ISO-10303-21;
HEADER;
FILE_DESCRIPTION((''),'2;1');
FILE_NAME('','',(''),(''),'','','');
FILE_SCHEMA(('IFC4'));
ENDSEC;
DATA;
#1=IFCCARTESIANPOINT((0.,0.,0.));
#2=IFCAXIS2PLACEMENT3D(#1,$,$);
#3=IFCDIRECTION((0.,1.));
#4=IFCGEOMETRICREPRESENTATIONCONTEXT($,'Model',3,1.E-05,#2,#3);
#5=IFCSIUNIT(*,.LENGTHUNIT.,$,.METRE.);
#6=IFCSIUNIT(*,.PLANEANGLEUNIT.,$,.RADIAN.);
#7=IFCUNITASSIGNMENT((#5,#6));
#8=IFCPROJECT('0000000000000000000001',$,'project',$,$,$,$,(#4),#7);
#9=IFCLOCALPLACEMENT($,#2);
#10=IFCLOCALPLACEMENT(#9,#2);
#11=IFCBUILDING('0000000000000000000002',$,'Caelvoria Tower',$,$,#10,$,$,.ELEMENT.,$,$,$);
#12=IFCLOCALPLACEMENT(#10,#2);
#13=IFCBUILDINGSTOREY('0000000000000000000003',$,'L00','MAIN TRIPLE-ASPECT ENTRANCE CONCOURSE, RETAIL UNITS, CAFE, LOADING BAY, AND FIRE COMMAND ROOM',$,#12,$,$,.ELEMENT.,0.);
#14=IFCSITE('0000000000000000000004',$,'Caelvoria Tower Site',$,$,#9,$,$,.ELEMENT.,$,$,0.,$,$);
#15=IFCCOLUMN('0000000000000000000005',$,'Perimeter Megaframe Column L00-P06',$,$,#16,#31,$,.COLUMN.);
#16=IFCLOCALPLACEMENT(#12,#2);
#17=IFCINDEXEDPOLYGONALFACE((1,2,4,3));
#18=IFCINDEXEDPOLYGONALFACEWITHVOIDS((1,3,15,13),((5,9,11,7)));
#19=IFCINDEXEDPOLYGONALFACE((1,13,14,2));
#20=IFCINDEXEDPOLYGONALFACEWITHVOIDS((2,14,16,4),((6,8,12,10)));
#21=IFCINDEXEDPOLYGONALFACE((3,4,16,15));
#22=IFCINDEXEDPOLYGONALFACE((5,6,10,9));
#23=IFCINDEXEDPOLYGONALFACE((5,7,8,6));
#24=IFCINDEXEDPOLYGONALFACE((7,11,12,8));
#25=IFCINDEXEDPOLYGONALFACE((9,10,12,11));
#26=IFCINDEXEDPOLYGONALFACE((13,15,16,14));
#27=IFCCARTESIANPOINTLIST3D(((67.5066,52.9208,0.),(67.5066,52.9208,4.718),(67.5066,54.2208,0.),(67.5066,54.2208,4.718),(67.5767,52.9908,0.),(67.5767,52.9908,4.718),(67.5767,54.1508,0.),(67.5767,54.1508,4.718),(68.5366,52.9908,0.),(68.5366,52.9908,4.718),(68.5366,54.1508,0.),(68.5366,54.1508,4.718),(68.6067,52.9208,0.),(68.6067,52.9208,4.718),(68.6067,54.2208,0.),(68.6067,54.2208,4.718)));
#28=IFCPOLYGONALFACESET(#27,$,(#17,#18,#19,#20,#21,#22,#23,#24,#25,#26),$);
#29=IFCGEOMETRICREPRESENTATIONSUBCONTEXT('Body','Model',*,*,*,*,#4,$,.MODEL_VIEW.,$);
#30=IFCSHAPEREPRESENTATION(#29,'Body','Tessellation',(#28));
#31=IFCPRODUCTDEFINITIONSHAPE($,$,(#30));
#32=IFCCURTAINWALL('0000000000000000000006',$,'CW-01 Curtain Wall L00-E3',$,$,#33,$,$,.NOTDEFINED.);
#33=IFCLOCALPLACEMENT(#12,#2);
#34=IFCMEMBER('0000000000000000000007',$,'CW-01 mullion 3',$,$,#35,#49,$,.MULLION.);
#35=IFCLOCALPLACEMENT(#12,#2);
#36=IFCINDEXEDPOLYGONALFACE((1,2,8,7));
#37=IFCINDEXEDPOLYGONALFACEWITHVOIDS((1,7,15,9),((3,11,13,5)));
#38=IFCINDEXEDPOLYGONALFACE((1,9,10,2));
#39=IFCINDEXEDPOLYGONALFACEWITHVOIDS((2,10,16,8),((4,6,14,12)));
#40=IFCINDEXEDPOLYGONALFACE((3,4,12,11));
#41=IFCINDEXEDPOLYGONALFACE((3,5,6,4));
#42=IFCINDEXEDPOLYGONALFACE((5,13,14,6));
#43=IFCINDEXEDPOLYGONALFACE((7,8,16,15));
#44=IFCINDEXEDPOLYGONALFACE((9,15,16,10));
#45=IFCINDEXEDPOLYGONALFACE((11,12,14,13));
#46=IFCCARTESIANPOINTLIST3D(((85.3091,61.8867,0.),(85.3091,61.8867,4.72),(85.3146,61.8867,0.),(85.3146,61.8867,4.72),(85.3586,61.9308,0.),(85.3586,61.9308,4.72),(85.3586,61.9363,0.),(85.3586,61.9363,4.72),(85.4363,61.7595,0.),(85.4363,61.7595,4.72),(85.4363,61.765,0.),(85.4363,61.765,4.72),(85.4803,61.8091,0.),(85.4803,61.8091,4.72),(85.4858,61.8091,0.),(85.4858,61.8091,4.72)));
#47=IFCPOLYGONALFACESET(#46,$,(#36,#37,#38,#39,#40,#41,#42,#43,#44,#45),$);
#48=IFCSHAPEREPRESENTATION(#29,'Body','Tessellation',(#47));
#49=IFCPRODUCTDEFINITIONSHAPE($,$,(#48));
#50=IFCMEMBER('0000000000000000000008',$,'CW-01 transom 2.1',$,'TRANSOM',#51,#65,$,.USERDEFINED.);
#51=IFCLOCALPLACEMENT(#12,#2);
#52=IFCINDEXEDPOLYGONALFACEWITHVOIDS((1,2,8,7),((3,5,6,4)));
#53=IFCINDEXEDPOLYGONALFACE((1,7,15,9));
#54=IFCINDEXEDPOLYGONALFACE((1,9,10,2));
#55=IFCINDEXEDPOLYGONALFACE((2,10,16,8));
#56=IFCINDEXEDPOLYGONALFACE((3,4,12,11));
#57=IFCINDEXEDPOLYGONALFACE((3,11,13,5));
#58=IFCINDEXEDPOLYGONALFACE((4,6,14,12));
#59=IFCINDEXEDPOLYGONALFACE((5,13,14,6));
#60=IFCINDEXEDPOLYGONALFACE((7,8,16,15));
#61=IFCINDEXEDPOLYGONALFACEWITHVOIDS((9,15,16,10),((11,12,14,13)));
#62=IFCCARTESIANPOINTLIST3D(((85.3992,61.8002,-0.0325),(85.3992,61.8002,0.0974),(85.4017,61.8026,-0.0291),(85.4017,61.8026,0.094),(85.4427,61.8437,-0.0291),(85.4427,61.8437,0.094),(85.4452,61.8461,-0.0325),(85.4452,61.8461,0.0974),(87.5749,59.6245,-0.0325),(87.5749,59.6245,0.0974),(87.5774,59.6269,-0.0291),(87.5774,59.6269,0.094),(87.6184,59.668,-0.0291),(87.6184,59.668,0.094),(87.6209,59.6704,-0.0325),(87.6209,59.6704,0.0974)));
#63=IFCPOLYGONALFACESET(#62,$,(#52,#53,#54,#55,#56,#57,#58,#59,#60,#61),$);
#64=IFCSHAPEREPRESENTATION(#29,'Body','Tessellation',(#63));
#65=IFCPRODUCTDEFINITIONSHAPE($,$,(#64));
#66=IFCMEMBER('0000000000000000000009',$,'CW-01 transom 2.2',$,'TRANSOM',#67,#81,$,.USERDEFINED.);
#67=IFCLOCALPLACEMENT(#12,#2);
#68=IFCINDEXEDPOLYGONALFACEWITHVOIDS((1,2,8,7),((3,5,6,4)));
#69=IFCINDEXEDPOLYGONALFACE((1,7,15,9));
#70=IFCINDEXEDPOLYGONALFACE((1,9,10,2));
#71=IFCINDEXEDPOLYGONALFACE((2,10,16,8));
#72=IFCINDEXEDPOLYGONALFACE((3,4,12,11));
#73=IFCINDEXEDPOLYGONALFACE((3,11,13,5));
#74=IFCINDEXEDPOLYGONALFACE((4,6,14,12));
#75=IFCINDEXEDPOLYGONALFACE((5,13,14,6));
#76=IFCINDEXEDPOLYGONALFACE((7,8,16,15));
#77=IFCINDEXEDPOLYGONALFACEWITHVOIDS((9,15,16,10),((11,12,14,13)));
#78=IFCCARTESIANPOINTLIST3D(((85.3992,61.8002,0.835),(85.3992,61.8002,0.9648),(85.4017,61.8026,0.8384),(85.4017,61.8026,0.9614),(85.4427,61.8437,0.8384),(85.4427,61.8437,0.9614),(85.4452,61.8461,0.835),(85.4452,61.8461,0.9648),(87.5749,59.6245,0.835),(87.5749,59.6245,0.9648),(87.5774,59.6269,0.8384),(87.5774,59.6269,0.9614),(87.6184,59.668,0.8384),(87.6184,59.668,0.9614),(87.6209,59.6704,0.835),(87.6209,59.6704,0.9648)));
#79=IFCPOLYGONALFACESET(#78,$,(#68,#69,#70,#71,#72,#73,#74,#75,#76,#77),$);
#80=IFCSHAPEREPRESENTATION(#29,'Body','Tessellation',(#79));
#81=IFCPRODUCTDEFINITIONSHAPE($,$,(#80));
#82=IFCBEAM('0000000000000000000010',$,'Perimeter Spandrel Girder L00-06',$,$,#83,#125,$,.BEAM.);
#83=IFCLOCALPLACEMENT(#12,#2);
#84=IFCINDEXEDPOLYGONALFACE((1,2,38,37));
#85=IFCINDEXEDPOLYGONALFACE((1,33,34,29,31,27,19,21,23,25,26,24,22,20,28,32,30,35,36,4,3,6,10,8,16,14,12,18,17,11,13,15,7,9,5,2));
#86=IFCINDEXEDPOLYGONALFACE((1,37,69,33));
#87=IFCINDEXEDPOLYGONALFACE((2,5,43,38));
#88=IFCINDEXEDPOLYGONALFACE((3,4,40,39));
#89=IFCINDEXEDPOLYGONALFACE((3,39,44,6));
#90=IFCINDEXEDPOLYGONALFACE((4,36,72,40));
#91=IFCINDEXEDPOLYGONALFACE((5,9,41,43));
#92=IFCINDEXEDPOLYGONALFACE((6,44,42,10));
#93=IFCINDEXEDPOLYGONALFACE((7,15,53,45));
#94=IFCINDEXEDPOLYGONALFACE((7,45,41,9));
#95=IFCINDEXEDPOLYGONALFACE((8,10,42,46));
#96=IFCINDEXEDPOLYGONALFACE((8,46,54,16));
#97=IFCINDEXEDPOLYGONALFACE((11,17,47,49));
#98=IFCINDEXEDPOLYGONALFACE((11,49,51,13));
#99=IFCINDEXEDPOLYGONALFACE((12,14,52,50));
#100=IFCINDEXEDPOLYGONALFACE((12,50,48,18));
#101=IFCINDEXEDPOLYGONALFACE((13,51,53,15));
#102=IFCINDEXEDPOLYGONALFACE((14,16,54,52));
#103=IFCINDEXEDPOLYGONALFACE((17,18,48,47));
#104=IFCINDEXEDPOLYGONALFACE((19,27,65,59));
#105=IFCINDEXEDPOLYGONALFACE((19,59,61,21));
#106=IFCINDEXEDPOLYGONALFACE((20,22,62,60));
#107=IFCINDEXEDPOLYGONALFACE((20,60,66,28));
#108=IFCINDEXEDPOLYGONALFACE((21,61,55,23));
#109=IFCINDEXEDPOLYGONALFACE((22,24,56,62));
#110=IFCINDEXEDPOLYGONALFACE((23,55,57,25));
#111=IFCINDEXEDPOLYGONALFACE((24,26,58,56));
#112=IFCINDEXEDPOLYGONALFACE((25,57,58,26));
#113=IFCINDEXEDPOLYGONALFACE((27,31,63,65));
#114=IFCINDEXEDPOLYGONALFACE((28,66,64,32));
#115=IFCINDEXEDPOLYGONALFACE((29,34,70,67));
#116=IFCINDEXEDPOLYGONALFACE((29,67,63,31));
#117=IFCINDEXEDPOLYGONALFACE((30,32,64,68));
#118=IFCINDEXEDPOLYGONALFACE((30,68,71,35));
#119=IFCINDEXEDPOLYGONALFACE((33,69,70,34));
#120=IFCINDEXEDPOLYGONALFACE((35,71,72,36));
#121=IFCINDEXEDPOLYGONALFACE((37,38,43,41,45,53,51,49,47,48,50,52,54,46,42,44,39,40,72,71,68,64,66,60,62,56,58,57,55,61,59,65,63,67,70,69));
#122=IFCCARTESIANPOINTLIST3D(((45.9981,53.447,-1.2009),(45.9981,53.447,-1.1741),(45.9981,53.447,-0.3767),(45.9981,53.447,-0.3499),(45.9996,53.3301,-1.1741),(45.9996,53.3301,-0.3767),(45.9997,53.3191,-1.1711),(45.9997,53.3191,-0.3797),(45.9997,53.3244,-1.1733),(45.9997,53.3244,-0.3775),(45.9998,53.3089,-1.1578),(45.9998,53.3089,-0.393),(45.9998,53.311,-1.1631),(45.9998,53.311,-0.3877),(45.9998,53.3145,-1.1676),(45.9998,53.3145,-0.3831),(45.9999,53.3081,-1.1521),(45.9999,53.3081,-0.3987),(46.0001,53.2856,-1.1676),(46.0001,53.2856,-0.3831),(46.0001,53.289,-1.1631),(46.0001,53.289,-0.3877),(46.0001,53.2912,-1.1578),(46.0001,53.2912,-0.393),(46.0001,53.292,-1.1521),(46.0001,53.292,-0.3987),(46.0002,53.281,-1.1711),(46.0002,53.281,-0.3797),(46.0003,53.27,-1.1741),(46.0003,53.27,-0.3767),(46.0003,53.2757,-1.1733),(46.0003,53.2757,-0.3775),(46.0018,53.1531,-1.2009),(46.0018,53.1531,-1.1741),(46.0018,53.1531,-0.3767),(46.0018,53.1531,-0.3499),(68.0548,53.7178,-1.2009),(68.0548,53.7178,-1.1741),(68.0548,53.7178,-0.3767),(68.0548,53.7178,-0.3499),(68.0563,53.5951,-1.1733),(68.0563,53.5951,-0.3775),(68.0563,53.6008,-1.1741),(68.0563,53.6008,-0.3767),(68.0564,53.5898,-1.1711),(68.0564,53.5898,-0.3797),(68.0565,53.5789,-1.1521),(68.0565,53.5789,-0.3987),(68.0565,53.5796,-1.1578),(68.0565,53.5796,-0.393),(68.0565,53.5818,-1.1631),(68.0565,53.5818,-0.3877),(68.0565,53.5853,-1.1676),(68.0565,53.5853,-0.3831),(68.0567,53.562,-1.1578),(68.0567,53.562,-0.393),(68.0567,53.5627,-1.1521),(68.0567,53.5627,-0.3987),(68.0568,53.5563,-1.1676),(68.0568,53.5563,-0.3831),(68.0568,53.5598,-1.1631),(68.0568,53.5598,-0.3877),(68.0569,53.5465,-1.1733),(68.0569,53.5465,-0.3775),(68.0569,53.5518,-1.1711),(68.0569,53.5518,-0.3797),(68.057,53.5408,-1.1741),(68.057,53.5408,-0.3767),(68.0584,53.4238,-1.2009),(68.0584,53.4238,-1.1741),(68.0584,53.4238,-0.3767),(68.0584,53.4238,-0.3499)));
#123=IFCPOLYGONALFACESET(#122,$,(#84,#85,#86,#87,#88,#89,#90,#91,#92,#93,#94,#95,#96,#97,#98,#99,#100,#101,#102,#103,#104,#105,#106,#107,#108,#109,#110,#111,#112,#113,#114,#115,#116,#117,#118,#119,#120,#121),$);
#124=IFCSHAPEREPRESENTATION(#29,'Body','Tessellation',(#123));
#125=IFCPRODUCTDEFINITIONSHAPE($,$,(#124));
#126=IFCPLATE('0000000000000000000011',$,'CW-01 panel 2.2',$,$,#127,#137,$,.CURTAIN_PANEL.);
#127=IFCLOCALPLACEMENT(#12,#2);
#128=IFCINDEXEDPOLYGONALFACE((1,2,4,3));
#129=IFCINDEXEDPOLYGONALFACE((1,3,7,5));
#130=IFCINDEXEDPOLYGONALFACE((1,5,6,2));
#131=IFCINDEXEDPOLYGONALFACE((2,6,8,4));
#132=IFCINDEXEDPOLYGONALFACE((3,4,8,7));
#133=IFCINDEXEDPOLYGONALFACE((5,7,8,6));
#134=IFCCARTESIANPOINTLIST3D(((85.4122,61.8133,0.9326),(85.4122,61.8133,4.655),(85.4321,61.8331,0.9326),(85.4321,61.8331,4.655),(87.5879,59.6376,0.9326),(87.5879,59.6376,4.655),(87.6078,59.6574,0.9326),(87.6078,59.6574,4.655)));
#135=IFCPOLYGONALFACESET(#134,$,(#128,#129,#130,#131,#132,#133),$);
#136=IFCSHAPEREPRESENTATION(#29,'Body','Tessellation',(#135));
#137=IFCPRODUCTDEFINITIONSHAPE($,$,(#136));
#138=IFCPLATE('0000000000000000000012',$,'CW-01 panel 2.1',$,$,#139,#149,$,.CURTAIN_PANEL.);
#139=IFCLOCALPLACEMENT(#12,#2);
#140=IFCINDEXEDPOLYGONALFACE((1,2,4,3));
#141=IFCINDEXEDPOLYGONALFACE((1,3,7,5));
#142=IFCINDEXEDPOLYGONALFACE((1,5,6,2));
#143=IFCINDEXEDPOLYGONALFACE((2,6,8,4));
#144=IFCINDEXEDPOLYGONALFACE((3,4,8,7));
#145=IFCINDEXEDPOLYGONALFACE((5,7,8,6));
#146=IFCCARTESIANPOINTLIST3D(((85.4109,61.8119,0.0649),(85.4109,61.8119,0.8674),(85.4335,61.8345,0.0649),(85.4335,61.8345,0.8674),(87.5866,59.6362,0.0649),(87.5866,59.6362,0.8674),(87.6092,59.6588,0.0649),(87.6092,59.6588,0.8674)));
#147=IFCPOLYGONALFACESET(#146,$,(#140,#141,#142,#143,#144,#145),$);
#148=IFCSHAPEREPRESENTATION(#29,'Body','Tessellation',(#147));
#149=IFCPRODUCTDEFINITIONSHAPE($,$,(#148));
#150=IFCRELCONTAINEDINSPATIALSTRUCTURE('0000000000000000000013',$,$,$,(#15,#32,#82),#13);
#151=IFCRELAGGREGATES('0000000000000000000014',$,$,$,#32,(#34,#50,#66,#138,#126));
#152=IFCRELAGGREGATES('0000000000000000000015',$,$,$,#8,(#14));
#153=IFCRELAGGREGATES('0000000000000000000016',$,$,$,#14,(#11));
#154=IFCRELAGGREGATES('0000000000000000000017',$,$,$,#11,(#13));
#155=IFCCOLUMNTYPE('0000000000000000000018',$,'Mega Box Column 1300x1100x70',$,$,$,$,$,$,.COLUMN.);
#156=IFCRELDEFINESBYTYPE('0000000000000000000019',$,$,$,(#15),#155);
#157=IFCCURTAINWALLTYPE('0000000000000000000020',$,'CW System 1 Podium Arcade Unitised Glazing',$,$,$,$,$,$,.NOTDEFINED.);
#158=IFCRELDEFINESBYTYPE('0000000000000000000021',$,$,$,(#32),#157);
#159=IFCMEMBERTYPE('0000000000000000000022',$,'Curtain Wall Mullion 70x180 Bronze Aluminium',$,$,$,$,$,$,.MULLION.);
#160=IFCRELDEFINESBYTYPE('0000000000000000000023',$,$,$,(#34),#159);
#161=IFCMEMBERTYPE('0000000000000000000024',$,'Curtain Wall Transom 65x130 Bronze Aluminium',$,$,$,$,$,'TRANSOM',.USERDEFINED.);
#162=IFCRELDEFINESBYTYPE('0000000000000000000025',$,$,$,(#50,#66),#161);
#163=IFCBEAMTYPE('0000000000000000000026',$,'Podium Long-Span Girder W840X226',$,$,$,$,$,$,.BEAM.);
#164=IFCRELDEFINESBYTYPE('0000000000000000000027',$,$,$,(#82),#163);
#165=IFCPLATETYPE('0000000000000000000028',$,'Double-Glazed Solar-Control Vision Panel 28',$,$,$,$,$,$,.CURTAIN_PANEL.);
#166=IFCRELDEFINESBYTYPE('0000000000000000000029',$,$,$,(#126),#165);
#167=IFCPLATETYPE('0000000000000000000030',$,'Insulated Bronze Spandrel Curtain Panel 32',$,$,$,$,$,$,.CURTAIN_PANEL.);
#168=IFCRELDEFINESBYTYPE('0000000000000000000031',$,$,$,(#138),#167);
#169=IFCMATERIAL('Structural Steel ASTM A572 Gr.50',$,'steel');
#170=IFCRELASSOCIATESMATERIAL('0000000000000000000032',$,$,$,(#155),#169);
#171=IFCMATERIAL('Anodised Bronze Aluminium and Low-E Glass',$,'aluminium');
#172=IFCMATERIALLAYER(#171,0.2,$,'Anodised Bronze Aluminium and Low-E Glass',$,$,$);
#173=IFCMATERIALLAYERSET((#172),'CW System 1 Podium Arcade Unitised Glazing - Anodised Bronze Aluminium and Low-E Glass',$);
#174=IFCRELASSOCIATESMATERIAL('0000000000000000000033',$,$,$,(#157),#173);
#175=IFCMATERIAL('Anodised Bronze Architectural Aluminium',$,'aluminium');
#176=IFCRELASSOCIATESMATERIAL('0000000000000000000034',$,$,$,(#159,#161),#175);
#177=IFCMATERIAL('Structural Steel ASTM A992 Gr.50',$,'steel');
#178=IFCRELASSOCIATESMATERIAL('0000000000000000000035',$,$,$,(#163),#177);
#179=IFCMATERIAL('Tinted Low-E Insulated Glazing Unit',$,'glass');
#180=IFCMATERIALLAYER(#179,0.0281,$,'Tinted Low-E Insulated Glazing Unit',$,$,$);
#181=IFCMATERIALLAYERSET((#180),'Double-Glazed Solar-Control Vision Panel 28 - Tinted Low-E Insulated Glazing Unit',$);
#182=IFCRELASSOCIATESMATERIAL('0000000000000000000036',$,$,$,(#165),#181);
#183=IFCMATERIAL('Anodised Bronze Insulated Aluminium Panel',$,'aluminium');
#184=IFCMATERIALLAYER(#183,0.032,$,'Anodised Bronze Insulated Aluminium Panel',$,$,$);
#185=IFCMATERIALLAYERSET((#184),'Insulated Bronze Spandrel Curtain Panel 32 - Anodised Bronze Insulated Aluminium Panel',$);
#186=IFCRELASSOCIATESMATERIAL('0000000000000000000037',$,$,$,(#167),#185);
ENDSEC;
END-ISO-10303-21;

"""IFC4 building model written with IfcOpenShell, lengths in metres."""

from ifc_helpers import new_model, si_unit, direction, frame, origin, origin_2d, place, context, subcontext, project, spatial, rectangle, hollow_rectangle, i_section, extrude, material, layer, layer_set, material_profile, profile_set, type_object, element, aggregate, save


model = new_model("IFC4")

# Units and contexts
model_context = context("Model", 3, precision=1e-05, world=origin(), true_north=direction((0.0, 1.0)))
body_context = subcontext(model_context, "Body", "Model", "MODEL_VIEW")
ifc_project = project(units=[si_unit("LENGTHUNIT", "METRE"), si_unit("PLANEANGLEUNIT", "RADIAN")], contexts=[model_context])

# Site, building, storey
site_placement = place(None, origin())
site = spatial("IfcSite", under=ifc_project, at=site_placement, Name="Caelvoria Tower Site", CompositionType="ELEMENT", RefElevation=0.0)
building_placement = place(site_placement, origin())
building = spatial("IfcBuilding", under=site, at=building_placement, Name="Caelvoria Tower", CompositionType="ELEMENT")
storey_placement = place(building_placement, origin())
storey = spatial("IfcBuildingStorey", under=building, at=storey_placement, Name="L00", Description="MAIN TRIPLE-ASPECT ENTRANCE CONCOURSE, RETAIL UNITS, CAFE, LOADING BAY, AND FIRE COMMAND ROOM", CompositionType="ELEMENT", Elevation=0.0)

# Column
ifc_material_1 = material(Name="Structural Steel ASTM A572 Gr.50", Category="steel")
ifc_material_profile_1 = material_profile(ifc_material_1, hollow_rectangle(XDim=1.1001, YDim=1.3, WallThickness=0.0701, at=origin_2d()), Name="Structural Steel ASTM A572 Gr.50")
ifc_profile_set_1 = profile_set([ifc_material_profile_1], Name="BOX1300X1100X70 - Structural Steel ASTM A572 Gr.50")
column_type = type_object("IfcColumnType", Name="Mega Box Column 1300x1100x70", PredefinedType="COLUMN", material=ifc_profile_set_1)
column_placement = place(storey_placement, frame((68.0566, 53.5708, 0.0), z_axis=(0.0, 0.0, 1.0), x_axis=(1.0, 0.0, 0.0)))
element("IfcColumn", 1, at=column_placement, inside=storey, type_object=column_type, Name="Perimeter Megaframe Column L00-P06", PredefinedType="COLUMN", context=body_context, shape_type="SweptSolid", body=[
    extrude(hollow_rectangle(XDim=1.1001, YDim=1.3, WallThickness=0.0701, at=origin_2d()), origin(), (0.0, 0.0, 1.0), 4.718),
])

# Curtain wall, members
ifc_material_2 = material(Name="Anodised Bronze Aluminium and Low-E Glass", Category="aluminium")
ifc_layer_1 = layer(ifc_material_2, 0.2, Name="Anodised Bronze Aluminium and Low-E Glass")
ifc_layer_set_1 = layer_set([ifc_layer_1], Name="CW System 1 Podium Arcade Unitised Glazing - Anodised Bronze Aluminium and Low-E Glass")
curtain_wall_type = type_object("IfcCurtainWallType", Name="CW System 1 Podium Arcade Unitised Glazing", PredefinedType="NOTDEFINED", material=ifc_layer_set_1)
curtain_wall_placement = place(storey_placement, origin())
curtain_wall = element("IfcCurtainWall", 2, at=curtain_wall_placement, inside=storey, type_object=curtain_wall_type, Name="CW-01 Curtain Wall L00-E3", PredefinedType="NOTDEFINED")
ifc_material_3 = material(Name="Anodised Bronze Architectural Aluminium", Category="aluminium")
ifc_material_profile_2 = material_profile(ifc_material_3, hollow_rectangle(XDim=0.0701, YDim=0.1799, WallThickness=0.0039, at=origin_2d()), Name="Anodised Bronze Architectural Aluminium")
ifc_profile_set_2 = profile_set([ifc_material_profile_2], Name="CW_MULL_70X180 - Anodised Bronze Architectural Aluminium")
member_type_1 = type_object("IfcMemberType", Name="Curtain Wall Mullion 70x180 Bronze Aluminium", PredefinedType="MULLION", material=ifc_profile_set_2)
member_1_placement = place(storey_placement, frame((85.3975, 61.8479, 0.0), z_axis=(0.0, 0.0, 1.0), x_axis=(-0.707107, -0.707107, 0.0)))
member_1 = element("IfcMember", 3, at=member_1_placement, type_object=member_type_1, Name="CW-01 mullion 3", PredefinedType="MULLION", context=body_context, shape_type="SweptSolid", body=[
    extrude(hollow_rectangle(XDim=0.0701, YDim=0.1799, WallThickness=0.0039, at=origin_2d()), origin(), (0.0, 0.0, 1.0), 4.72),
])
ifc_material_profile_3 = material_profile(ifc_material_3, hollow_rectangle(XDim=0.0649, YDim=0.1299, WallThickness=0.0034, at=origin_2d()), Name="Anodised Bronze Architectural Aluminium")
ifc_profile_set_3 = profile_set([ifc_material_profile_3], Name="CW_TRAN_65X130 - Anodised Bronze Architectural Aluminium")
member_type_2 = type_object("IfcMemberType", Name="Curtain Wall Transom 65x130 Bronze Aluminium", ElementType="TRANSOM", PredefinedType="USERDEFINED", material=ifc_profile_set_3)
member_2_placement = place(storey_placement, frame((87.5979, 59.6475, 0.0325), z_axis=(-0.707107, 0.707107, 0.0), x_axis=(-0.707107, -0.707107, 0.0)))
member_2 = element("IfcMember", 4, at=member_2_placement, type_object=member_type_2, Name="CW-01 transom 2.1", ObjectType="TRANSOM", PredefinedType="USERDEFINED", context=body_context, shape_type="SweptSolid", body=[
    extrude(hollow_rectangle(XDim=0.0649, YDim=0.1299, WallThickness=0.0034, at=origin_2d()), origin(), (0.0, 0.0, 1.0), 3.0769),
])
member_3_placement = place(storey_placement, frame((87.5979, 59.6475, 0.8999), z_axis=(-0.707107, 0.707107, 0.0), x_axis=(-0.707107, -0.707107, 0.0)))
member_3 = element("IfcMember", 5, at=member_3_placement, type_object=member_type_2, Name="CW-01 transom 2.2", ObjectType="TRANSOM", PredefinedType="USERDEFINED", context=body_context, shape_type="SweptSolid", body=[
    extrude(hollow_rectangle(XDim=0.0649, YDim=0.1299, WallThickness=0.0034, at=origin_2d()), origin(), (0.0, 0.0, 1.0), 3.0769),
])

# Beam
ifc_material_4 = material(Name="Structural Steel ASTM A992 Gr.50", Category="steel")
ifc_material_profile_4 = material_profile(ifc_material_4, i_section(OverallWidth=0.2939, OverallDepth=0.8511, WebThickness=0.0161, FlangeThickness=0.0269, FilletRadius=0.022, at=origin_2d()), Name="Structural Steel ASTM A992 Gr.50")
ifc_profile_set_4 = profile_set([ifc_material_profile_4], Name="W840X226 - Structural Steel ASTM A992 Gr.50")
beam_type = type_object("IfcBeamType", Name="Podium Long-Span Girder W840X226", PredefinedType="BEAM", material=ifc_profile_set_4)
beam_placement = place(storey_placement, frame((68.0566, 53.5708, -0.7754), z_axis=(-0.999925, -0.012274, 0.0), x_axis=(0.012274, -0.999925, 0.0)))
element("IfcBeam", 6, at=beam_placement, inside=storey, type_object=beam_type, Name="Perimeter Spandrel Girder L00-06", PredefinedType="BEAM", context=body_context, shape_type="SweptSolid", body=[
    extrude(i_section(OverallWidth=0.2939, OverallDepth=0.8511, WebThickness=0.0161, FlangeThickness=0.0269, FilletRadius=0.022, at=origin_2d()), origin(), (0.0, 0.0, 1.0), 22.0583),
])

# Plates
ifc_material_5 = material(Name="Tinted Low-E Insulated Glazing Unit", Category="glass")
ifc_layer_2 = layer(ifc_material_5, 0.0281, Name="Tinted Low-E Insulated Glazing Unit")
ifc_layer_set_2 = layer_set([ifc_layer_2], Name="Double-Glazed Solar-Control Vision Panel 28 - Tinted Low-E Insulated Glazing Unit")
plate_type_1 = type_object("IfcPlateType", Name="Double-Glazed Solar-Control Vision Panel 28", PredefinedType="CURTAIN_PANEL", material=ifc_layer_set_2)
plate_1_placement = place(storey_placement, frame((86.51, 60.7354, 0.9326), z_axis=(0.0, 0.0, 1.0), x_axis=(-0.707107, 0.707107, 0.0)))
plate_1 = element("IfcPlate", 7, at=plate_1_placement, type_object=plate_type_1, Name="CW-01 panel 2.2", PredefinedType="CURTAIN_PANEL", context=body_context, shape_type="SweptSolid", body=[
    extrude(rectangle(XDim=3.0769, YDim=0.0281, at=origin_2d()), origin(), (0.0, 0.0, 1.0), 3.7224),
])
ifc_material_6 = material(Name="Anodised Bronze Insulated Aluminium Panel", Category="aluminium")
ifc_layer_3 = layer(ifc_material_6, 0.032, Name="Anodised Bronze Insulated Aluminium Panel")
ifc_layer_set_3 = layer_set([ifc_layer_3], Name="Insulated Bronze Spandrel Curtain Panel 32 - Anodised Bronze Insulated Aluminium Panel")
plate_type_2 = type_object("IfcPlateType", Name="Insulated Bronze Spandrel Curtain Panel 32", PredefinedType="CURTAIN_PANEL", material=ifc_layer_set_3)
plate_2_placement = place(storey_placement, frame((86.51, 60.7354, 0.0649), z_axis=(0.0, 0.0, 1.0), x_axis=(-0.707107, 0.707107, 0.0)))
plate_2 = element("IfcPlate", 8, at=plate_2_placement, type_object=plate_type_2, Name="CW-01 panel 2.1", PredefinedType="CURTAIN_PANEL", context=body_context, shape_type="SweptSolid", body=[
    extrude(rectangle(XDim=3.0769, YDim=0.032, at=origin_2d()), origin(), (0.0, 0.0, 1.0), 0.8025),
])
aggregate(curtain_wall, [member_1, member_2, member_3, plate_2, plate_1])

save(model, "model.ifc")
